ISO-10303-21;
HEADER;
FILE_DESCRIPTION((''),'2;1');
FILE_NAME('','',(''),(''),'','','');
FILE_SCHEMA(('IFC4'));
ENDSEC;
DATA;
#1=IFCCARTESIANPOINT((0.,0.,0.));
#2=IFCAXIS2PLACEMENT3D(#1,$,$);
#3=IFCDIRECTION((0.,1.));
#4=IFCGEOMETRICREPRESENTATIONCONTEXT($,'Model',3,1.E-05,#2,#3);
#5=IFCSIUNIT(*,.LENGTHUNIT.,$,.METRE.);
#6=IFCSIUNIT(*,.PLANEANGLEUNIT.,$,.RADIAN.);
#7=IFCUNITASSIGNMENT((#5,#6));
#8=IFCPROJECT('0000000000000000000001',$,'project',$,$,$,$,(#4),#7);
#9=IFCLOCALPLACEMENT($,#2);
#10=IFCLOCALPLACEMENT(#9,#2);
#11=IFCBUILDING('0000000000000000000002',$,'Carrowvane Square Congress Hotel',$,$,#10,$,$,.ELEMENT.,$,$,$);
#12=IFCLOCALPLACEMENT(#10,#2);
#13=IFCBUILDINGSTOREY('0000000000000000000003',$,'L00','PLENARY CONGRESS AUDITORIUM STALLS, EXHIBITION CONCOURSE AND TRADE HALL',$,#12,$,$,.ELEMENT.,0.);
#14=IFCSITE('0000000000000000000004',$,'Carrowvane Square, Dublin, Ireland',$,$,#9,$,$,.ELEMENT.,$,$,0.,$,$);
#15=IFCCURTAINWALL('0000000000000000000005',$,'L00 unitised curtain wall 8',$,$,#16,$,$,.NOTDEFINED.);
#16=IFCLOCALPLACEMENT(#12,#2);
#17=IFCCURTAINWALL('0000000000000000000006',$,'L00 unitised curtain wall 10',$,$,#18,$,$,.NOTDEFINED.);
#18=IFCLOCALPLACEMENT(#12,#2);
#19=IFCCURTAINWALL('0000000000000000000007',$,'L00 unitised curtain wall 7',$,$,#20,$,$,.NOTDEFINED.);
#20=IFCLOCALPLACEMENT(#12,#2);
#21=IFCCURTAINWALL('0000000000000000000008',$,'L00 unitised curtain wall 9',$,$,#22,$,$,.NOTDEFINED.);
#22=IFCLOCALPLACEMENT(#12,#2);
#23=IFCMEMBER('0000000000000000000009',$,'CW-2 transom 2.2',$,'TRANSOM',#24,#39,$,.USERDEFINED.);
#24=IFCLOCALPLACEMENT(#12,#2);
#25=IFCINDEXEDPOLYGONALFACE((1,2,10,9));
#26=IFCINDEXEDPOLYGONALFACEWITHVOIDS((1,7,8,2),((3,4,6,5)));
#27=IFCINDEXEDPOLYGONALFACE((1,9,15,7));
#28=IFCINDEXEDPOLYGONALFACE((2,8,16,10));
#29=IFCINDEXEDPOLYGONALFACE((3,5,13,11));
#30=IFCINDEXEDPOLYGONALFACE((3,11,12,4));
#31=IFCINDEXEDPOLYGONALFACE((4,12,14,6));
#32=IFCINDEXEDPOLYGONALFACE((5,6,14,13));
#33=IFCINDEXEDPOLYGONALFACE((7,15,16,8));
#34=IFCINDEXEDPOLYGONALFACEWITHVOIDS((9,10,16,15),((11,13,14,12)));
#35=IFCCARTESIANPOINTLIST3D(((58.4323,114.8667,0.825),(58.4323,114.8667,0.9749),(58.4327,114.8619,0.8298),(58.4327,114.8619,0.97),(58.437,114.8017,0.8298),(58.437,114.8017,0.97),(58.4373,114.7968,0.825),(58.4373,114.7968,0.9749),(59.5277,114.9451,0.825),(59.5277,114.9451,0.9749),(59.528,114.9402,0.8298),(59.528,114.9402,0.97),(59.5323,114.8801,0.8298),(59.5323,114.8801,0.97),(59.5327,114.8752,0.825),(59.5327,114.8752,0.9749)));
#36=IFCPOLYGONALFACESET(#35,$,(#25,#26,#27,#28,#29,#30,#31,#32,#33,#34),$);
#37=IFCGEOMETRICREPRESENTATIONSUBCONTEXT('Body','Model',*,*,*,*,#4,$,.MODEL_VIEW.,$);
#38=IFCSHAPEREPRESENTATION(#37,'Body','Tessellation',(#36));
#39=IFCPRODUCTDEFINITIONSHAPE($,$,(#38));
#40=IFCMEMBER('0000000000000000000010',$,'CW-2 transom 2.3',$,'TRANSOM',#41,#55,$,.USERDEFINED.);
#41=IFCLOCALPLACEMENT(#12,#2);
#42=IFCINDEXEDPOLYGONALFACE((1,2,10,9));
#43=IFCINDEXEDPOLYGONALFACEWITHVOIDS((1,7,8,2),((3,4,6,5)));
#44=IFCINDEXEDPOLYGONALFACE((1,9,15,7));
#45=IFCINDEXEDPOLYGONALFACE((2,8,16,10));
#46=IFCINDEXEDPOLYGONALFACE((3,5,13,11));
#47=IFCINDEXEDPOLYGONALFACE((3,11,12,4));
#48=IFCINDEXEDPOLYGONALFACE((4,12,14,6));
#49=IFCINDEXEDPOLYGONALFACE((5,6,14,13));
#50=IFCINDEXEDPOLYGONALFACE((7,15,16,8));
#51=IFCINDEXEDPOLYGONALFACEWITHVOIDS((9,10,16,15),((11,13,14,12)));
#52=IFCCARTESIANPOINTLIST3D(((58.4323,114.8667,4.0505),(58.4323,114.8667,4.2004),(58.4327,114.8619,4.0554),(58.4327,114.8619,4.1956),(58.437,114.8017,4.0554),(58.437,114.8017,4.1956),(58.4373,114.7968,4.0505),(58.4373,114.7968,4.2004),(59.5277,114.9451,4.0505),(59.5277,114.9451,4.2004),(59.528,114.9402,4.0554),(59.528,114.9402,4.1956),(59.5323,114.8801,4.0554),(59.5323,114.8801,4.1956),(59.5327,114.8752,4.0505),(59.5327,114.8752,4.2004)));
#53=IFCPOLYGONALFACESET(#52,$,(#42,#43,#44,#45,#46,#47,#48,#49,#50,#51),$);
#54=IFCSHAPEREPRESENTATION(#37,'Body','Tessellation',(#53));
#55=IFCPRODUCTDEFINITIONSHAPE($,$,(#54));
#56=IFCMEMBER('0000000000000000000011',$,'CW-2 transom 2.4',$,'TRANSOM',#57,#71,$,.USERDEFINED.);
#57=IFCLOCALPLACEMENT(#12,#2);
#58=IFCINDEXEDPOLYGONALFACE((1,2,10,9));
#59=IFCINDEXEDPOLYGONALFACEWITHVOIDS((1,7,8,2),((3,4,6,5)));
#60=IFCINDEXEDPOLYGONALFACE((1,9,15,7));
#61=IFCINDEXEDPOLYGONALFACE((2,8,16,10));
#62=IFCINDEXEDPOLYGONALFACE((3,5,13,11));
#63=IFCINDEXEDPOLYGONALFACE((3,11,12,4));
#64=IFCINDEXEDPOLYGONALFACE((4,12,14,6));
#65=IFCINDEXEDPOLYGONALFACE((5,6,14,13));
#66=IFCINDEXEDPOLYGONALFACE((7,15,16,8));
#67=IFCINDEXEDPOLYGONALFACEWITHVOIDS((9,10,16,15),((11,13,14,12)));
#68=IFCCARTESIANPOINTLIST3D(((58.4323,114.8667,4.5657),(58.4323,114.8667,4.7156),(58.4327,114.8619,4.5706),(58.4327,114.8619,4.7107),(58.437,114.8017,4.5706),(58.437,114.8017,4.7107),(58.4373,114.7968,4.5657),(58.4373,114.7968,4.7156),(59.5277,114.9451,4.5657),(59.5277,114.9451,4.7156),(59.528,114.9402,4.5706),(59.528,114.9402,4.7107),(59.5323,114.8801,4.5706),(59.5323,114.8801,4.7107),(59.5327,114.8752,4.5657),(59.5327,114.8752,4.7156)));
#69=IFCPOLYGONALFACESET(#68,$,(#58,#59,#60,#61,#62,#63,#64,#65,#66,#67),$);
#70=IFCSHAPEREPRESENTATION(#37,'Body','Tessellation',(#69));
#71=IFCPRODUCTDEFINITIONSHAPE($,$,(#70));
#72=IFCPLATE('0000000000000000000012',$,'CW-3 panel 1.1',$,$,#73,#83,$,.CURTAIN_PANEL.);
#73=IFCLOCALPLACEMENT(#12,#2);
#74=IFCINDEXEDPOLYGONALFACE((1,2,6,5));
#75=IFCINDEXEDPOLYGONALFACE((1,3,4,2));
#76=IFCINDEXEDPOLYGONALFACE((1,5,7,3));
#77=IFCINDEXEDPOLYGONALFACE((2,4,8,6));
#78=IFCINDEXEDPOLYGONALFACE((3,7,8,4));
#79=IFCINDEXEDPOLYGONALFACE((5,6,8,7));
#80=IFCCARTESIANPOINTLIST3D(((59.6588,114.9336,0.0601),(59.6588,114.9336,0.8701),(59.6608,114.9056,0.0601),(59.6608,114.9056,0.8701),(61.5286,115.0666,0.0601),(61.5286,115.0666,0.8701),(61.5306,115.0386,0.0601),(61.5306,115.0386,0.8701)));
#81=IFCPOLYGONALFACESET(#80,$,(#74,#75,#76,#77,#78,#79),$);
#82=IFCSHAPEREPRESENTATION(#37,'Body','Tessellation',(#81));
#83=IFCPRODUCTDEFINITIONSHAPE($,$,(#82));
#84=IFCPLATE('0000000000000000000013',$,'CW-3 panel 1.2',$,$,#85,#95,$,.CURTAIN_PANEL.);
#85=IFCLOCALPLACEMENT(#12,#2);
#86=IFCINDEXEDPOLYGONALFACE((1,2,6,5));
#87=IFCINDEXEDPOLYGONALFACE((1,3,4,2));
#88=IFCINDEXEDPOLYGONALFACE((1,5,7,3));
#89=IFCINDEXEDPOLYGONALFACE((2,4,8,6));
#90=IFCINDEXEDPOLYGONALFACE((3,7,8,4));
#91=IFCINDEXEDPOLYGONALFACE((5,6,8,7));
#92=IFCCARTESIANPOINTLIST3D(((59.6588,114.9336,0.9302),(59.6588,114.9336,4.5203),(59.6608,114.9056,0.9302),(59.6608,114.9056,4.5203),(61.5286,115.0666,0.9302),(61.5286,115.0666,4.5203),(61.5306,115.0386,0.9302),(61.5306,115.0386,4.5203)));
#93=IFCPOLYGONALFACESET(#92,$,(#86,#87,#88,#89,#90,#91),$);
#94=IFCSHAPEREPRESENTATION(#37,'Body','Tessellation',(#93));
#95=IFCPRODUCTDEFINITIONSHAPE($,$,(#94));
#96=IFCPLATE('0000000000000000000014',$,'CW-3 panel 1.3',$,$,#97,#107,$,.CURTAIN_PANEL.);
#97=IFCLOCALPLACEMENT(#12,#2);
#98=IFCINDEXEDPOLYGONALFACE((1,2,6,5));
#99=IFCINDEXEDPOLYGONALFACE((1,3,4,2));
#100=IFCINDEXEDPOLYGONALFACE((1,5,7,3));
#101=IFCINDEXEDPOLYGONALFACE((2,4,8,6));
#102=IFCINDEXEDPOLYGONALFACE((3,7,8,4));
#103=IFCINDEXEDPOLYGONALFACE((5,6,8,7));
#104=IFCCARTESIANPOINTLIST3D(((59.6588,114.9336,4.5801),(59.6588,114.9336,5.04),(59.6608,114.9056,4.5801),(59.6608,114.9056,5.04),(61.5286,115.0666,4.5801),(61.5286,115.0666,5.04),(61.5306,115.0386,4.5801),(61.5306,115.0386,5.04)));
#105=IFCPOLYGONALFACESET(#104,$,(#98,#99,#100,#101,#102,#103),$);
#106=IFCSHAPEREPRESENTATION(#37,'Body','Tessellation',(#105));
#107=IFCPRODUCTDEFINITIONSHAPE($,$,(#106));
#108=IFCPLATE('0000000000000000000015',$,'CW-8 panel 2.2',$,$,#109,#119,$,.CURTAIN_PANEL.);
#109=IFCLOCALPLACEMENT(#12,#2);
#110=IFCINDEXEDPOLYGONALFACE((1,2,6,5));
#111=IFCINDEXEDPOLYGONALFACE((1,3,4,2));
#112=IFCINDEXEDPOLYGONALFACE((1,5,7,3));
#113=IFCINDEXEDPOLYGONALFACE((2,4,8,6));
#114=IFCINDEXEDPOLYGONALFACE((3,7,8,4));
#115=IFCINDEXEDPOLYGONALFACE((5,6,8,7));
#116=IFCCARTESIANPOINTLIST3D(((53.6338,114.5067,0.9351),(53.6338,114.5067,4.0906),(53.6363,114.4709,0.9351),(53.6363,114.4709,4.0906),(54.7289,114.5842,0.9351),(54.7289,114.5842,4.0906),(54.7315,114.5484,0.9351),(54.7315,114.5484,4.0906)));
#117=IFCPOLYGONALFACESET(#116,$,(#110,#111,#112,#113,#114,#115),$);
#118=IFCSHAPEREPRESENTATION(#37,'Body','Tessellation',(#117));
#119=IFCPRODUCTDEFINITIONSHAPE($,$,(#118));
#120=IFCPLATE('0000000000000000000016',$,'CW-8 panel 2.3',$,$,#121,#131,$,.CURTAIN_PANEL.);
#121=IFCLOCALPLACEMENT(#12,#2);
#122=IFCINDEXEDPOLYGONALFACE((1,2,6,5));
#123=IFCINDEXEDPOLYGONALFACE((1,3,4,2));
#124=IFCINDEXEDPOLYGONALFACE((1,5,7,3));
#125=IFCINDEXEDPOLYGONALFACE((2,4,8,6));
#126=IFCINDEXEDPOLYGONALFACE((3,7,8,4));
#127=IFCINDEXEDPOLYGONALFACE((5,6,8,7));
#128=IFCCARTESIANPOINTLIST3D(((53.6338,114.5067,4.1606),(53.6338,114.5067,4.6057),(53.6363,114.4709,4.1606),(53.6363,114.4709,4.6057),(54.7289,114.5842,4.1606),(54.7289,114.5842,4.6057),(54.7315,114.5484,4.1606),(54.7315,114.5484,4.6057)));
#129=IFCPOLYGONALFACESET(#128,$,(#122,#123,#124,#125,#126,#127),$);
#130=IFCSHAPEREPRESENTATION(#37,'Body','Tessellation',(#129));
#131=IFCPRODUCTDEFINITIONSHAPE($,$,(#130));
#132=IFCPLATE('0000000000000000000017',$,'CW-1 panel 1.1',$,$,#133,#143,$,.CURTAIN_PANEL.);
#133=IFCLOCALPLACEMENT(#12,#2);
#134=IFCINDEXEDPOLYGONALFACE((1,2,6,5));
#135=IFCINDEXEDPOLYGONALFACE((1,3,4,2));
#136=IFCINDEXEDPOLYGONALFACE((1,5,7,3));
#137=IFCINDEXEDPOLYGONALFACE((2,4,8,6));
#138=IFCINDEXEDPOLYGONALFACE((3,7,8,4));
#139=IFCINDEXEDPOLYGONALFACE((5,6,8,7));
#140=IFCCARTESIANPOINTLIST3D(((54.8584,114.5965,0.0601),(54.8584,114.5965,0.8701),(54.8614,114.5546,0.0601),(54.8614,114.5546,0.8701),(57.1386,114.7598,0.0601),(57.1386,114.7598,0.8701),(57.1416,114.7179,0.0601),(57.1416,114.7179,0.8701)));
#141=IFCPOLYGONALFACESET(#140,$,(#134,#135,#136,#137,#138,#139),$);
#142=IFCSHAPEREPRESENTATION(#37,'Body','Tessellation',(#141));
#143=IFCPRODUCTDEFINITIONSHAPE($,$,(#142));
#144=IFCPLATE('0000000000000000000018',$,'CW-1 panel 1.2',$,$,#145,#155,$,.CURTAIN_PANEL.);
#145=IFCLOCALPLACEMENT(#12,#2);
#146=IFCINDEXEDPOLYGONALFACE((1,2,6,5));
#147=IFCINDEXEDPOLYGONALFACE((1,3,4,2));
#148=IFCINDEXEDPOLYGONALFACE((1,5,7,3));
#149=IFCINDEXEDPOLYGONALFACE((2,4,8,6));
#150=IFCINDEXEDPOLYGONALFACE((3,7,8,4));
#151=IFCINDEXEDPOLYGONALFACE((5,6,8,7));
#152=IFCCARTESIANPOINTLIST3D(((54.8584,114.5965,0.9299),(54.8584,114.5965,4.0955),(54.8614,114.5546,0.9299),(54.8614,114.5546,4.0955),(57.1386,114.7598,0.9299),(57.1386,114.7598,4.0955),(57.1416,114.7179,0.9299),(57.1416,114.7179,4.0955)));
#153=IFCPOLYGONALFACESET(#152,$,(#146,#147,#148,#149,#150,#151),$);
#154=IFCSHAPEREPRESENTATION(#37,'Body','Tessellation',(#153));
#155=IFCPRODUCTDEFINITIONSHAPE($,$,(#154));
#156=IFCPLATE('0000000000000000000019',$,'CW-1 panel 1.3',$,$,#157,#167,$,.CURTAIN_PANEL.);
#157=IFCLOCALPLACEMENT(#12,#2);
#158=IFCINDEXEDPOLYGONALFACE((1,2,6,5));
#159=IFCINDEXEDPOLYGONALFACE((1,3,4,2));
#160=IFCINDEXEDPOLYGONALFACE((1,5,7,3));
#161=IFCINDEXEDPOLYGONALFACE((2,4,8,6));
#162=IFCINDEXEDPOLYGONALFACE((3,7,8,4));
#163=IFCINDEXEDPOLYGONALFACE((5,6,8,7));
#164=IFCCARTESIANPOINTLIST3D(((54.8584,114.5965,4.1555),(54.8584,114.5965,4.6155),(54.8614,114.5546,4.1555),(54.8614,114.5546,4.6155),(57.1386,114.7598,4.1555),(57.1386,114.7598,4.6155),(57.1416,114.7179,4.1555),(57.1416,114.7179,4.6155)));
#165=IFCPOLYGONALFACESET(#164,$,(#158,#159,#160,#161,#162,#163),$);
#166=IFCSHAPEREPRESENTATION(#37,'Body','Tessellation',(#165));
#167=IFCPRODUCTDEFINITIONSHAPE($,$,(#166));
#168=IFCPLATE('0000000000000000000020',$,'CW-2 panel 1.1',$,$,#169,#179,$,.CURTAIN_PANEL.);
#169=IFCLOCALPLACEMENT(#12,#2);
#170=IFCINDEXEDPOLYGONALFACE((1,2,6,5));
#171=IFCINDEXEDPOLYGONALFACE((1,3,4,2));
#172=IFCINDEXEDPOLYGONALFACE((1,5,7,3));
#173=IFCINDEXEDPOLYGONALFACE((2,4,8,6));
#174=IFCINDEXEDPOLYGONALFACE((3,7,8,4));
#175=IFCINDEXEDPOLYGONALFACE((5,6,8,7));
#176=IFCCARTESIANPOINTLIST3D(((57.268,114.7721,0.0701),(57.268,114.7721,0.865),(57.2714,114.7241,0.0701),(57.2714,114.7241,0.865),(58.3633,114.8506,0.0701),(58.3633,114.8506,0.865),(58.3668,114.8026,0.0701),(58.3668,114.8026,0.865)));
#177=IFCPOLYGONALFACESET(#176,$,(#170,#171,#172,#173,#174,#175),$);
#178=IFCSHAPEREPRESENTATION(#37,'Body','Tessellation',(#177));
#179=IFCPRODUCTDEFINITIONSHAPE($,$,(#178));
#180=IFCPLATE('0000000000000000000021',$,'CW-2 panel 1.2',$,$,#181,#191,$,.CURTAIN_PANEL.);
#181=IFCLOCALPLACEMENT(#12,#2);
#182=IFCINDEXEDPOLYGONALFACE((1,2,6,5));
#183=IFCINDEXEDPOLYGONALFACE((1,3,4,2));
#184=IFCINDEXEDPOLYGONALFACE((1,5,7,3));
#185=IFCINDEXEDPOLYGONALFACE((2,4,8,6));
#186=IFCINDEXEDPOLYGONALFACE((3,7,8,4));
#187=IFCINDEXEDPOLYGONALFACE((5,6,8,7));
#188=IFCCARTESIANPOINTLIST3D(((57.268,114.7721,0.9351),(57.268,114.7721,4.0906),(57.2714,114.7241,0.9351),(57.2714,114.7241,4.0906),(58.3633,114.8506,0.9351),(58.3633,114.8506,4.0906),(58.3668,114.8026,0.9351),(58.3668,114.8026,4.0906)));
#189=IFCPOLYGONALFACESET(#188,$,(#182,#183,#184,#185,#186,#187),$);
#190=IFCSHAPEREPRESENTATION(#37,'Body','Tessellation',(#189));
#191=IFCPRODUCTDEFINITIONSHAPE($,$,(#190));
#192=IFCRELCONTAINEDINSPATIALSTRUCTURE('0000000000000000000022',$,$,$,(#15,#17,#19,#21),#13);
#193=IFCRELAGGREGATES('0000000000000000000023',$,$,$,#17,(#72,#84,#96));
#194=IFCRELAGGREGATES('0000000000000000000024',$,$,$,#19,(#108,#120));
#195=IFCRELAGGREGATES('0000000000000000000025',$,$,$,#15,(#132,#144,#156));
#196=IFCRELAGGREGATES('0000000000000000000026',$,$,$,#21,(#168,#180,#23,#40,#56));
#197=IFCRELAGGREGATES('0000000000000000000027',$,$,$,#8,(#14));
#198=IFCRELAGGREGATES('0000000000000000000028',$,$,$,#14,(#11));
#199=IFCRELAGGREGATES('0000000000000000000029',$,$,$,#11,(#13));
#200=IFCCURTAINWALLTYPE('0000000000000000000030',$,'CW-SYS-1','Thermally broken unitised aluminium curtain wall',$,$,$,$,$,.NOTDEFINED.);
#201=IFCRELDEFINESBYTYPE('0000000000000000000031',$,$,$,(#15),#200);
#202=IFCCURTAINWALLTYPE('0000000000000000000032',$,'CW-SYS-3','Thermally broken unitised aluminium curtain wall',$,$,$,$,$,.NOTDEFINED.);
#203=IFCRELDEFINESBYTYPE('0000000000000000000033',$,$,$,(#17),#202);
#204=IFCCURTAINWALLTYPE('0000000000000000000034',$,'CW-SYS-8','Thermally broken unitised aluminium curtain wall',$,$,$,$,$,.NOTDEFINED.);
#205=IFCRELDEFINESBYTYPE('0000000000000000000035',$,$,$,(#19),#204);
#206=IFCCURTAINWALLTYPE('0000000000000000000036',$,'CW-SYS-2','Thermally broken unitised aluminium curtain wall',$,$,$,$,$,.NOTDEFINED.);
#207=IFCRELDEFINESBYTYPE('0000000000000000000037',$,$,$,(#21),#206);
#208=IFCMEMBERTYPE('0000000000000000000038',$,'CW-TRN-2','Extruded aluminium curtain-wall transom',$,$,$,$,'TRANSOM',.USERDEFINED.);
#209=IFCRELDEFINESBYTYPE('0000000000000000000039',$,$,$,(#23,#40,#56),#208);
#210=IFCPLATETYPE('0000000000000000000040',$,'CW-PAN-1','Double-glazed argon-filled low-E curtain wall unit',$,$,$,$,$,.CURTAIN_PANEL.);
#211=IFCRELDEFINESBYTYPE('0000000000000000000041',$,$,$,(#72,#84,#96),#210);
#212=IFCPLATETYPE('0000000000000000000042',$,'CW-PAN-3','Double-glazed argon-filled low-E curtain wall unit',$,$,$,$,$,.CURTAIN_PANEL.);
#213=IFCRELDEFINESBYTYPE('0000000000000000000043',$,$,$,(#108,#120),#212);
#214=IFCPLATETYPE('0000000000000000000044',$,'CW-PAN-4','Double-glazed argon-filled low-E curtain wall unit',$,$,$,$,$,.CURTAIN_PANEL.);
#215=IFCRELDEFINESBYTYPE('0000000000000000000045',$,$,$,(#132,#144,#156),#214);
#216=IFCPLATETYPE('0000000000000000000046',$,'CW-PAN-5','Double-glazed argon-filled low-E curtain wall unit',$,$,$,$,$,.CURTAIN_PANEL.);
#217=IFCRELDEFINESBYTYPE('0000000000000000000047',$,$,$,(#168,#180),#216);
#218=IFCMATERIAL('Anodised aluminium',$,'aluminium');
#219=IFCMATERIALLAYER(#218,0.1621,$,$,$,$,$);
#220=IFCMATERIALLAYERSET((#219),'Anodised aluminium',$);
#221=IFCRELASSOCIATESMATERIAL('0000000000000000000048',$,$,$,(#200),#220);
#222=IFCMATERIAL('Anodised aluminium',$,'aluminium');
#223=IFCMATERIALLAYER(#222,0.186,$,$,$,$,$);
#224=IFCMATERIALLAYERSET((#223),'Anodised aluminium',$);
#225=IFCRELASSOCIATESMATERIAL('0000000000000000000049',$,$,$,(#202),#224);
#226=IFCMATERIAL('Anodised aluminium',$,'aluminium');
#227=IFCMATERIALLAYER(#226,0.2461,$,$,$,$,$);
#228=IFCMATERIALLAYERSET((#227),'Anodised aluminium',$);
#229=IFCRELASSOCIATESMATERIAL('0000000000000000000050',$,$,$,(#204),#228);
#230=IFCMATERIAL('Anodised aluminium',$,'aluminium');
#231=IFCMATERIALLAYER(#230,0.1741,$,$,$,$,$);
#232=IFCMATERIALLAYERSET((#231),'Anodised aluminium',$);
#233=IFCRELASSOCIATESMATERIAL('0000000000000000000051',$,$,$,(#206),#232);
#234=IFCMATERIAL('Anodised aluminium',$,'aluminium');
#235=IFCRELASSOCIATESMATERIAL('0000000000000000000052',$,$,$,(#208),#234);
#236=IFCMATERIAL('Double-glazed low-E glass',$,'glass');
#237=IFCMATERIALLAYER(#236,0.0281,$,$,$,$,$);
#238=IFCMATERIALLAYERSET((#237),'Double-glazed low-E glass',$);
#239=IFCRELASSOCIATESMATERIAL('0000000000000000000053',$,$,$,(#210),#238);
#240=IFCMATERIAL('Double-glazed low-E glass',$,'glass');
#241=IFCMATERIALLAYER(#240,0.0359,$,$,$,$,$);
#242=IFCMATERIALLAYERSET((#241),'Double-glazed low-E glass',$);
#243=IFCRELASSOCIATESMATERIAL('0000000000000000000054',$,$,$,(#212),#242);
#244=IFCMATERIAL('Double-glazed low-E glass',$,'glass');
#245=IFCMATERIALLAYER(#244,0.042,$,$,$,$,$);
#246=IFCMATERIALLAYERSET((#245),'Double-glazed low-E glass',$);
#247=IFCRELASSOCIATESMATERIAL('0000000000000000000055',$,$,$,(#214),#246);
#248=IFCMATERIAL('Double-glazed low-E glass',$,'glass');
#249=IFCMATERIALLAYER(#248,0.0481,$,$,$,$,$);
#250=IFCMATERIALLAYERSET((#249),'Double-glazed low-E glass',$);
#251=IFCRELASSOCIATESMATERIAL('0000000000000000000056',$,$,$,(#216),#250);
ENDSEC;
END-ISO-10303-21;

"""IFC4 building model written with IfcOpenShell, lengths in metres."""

from ifc_helpers import new_model, si_unit, direction, frame, origin, origin_2d, place, context, subcontext, project, spatial, rectangle, hollow_rectangle, extrude, material, layer, layer_set, material_profile, profile_set, type_object, element, aggregate, save


model = new_model("IFC4")

# Units and contexts
model_context = context("Model", 3, precision=1e-05, world=origin(), true_north=direction((0.0, 1.0)))
body_context = subcontext(model_context, "Body", "Model", "MODEL_VIEW")
ifc_project = project(units=[si_unit("LENGTHUNIT", "METRE"), si_unit("PLANEANGLEUNIT", "RADIAN")], contexts=[model_context])

# Site, building, storey
site_placement = place(None, origin())
site = spatial("IfcSite", under=ifc_project, at=site_placement, Name="Carrowvane Square, Dublin, Ireland", CompositionType="ELEMENT", RefElevation=0.0)
building_placement = place(site_placement, origin())
building = spatial("IfcBuilding", under=site, at=building_placement, Name="Carrowvane Square Congress Hotel", CompositionType="ELEMENT")
storey_placement = place(building_placement, origin())
storey = spatial("IfcBuildingStorey", under=building, at=storey_placement, Name="L00", Description="PLENARY CONGRESS AUDITORIUM STALLS, EXHIBITION CONCOURSE AND TRADE HALL", CompositionType="ELEMENT", Elevation=0.0)

# Curtain wall
ifc_material_1 = material(Name="Anodised aluminium", Category="aluminium")
ifc_layer_1 = layer(ifc_material_1, 0.1621)
ifc_layer_set_1 = layer_set([ifc_layer_1], Name="Anodised aluminium")
curtain_wall_type_1 = type_object("IfcCurtainWallType", Name="CW-SYS-1", Description="Thermally broken unitised aluminium curtain wall", PredefinedType="NOTDEFINED", material=ifc_layer_set_1)
curtain_wall_1_placement = place(storey_placement, origin())
curtain_wall_1 = element("IfcCurtainWall", 1, at=curtain_wall_1_placement, inside=storey, type_object=curtain_wall_type_1, Name="L00 unitised curtain wall 8", PredefinedType="NOTDEFINED")

# Curtain walls
ifc_material_2 = material(Name="Anodised aluminium", Category="aluminium")
ifc_layer_2 = layer(ifc_material_2, 0.186)
ifc_layer_set_2 = layer_set([ifc_layer_2], Name="Anodised aluminium")
curtain_wall_type_2 = type_object("IfcCurtainWallType", Name="CW-SYS-3", Description="Thermally broken unitised aluminium curtain wall", PredefinedType="NOTDEFINED", material=ifc_layer_set_2)
curtain_wall_2_placement = place(storey_placement, origin())
curtain_wall_2 = element("IfcCurtainWall", 2, at=curtain_wall_2_placement, inside=storey, type_object=curtain_wall_type_2, Name="L00 unitised curtain wall 10", PredefinedType="NOTDEFINED")
ifc_material_3 = material(Name="Anodised aluminium", Category="aluminium")
ifc_layer_3 = layer(ifc_material_3, 0.2461)
ifc_layer_set_3 = layer_set([ifc_layer_3], Name="Anodised aluminium")
curtain_wall_type_3 = type_object("IfcCurtainWallType", Name="CW-SYS-8", Description="Thermally broken unitised aluminium curtain wall", PredefinedType="NOTDEFINED", material=ifc_layer_set_3)
curtain_wall_3_placement = place(storey_placement, origin())
curtain_wall_3 = element("IfcCurtainWall", 3, at=curtain_wall_3_placement, inside=storey, type_object=curtain_wall_type_3, Name="L00 unitised curtain wall 7", PredefinedType="NOTDEFINED")

# Curtain wall
ifc_material_4 = material(Name="Anodised aluminium", Category="aluminium")
ifc_layer_4 = layer(ifc_material_4, 0.1741)
ifc_layer_set_4 = layer_set([ifc_layer_4], Name="Anodised aluminium")
curtain_wall_type_4 = type_object("IfcCurtainWallType", Name="CW-SYS-2", Description="Thermally broken unitised aluminium curtain wall", PredefinedType="NOTDEFINED", material=ifc_layer_set_4)
curtain_wall_4_placement = place(storey_placement, origin())
curtain_wall_4 = element("IfcCurtainWall", 4, at=curtain_wall_4_placement, inside=storey, type_object=curtain_wall_type_4, Name="L00 unitised curtain wall 9", PredefinedType="NOTDEFINED")

# Members
ifc_material_5 = material(Name="Anodised aluminium", Category="aluminium")
ifc_material_profile_1 = material_profile(ifc_material_5, hollow_rectangle(XDim=0.0701, YDim=0.1499, WallThickness=0.0049, at=origin_2d()), Name="CW-TR 70x150x5")
ifc_profile_set_1 = profile_set([ifc_material_profile_1], Name="Anodised aluminium")
member_type_1 = type_object("IfcMemberType", Name="CW-TRN-2", Description="Extruded aluminium curtain-wall transom", ElementType="TRANSOM", PredefinedType="USERDEFINED", material=ifc_profile_set_1)
member_1_placement = place(storey_placement, frame((58.4348, 114.8318, 0.8999), z_axis=(0.997451, 0.071358, 0.0), x_axis=(-0.071358, 0.997451, 0.0)))
member_1 = element("IfcMember", 5, at=member_1_placement, type_object=member_type_1, Name="CW-2 transom 2.2", ObjectType="TRANSOM", PredefinedType="USERDEFINED", context=body_context, shape_type="SweptSolid", body=[
    extrude(hollow_rectangle(XDim=0.0701, YDim=0.1499, WallThickness=0.0049, at=origin_2d()), origin(), (0.0, 0.0, 1.0), 1.0981),
])
member_2_placement = place(storey_placement, frame((58.4348, 114.8318, 4.1255), z_axis=(0.997451, 0.071358, 0.0), x_axis=(-0.071358, 0.997451, 0.0)))
member_2 = element("IfcMember", 6, at=member_2_placement, type_object=member_type_1, Name="CW-2 transom 2.3", ObjectType="TRANSOM", PredefinedType="USERDEFINED", context=body_context, shape_type="SweptSolid", body=[
    extrude(hollow_rectangle(XDim=0.0701, YDim=0.1499, WallThickness=0.0049, at=origin_2d()), origin(), (0.0, 0.0, 1.0), 1.0981),
])
member_3_placement = place(storey_placement, frame((58.4348, 114.8318, 4.6406), z_axis=(0.997451, 0.071358, 0.0), x_axis=(-0.071358, 0.997451, 0.0)))
member_3 = element("IfcMember", 7, at=member_3_placement, type_object=member_type_1, Name="CW-2 transom 2.4", ObjectType="TRANSOM", PredefinedType="USERDEFINED", context=body_context, shape_type="SweptSolid", body=[
    extrude(hollow_rectangle(XDim=0.0701, YDim=0.1499, WallThickness=0.0049, at=origin_2d()), origin(), (0.0, 0.0, 1.0), 1.0981),
])

# Plates
ifc_material_6 = material(Name="Double-glazed low-E glass", Category="glass")
ifc_layer_5 = layer(ifc_material_6, 0.0281)
ifc_layer_set_5 = layer_set([ifc_layer_5], Name="Double-glazed low-E glass")
plate_type_1 = type_object("IfcPlateType", Name="CW-PAN-1", Description="Double-glazed argon-filled low-E curtain wall unit", PredefinedType="CURTAIN_PANEL", material=ifc_layer_set_5)
plate_1_placement = place(storey_placement, frame((60.5947, 114.9861, 0.0601), z_axis=(0.0, 0.0, 1.0), x_axis=(0.997479, 0.07096, 0.0)))
plate_1 = element("IfcPlate", 8, at=plate_1_placement, type_object=plate_type_1, Name="CW-3 panel 1.1", PredefinedType="CURTAIN_PANEL", context=body_context, shape_type="SweptSolid", body=[
    extrude(rectangle(XDim=1.8745, YDim=0.0281, at=origin_2d()), origin(), (0.0, 0.0, 1.0), 0.8101),
])
plate_2_placement = place(storey_placement, frame((60.5947, 114.9861, 0.9302), z_axis=(0.0, 0.0, 1.0), x_axis=(0.997479, 0.07096, 0.0)))
plate_2 = element("IfcPlate", 9, at=plate_2_placement, type_object=plate_type_1, Name="CW-3 panel 1.2", PredefinedType="CURTAIN_PANEL", context=body_context, shape_type="SweptSolid", body=[
    extrude(rectangle(XDim=1.8745, YDim=0.0281, at=origin_2d()), origin(), (0.0, 0.0, 1.0), 3.5901),
])
plate_3_placement = place(storey_placement, frame((60.5947, 114.9861, 4.5801), z_axis=(0.0, 0.0, 1.0), x_axis=(0.997479, 0.07096, 0.0)))
plate_3 = element("IfcPlate", 10, at=plate_3_placement, type_object=plate_type_1, Name="CW-3 panel 1.3", PredefinedType="CURTAIN_PANEL", context=body_context, shape_type="SweptSolid", body=[
    extrude(rectangle(XDim=1.8745, YDim=0.0281, at=origin_2d()), origin(), (0.0, 0.0, 1.0), 0.46),
])
aggregate(curtain_wall_2, [plate_1, plate_2, plate_3])
ifc_material_7 = material(Name="Double-glazed low-E glass", Category="glass")
ifc_layer_6 = layer(ifc_material_7, 0.0359)
ifc_layer_set_6 = layer_set([ifc_layer_6], Name="Double-glazed low-E glass")
plate_type_2 = type_object("IfcPlateType", Name="CW-PAN-3", Description="Double-glazed argon-filled low-E curtain wall unit", PredefinedType="CURTAIN_PANEL", material=ifc_layer_set_6)
plate_4_placement = place(storey_placement, frame((54.1826, 114.5276, 0.9351), z_axis=(0.0, 0.0, 1.0), x_axis=(0.997506, 0.070586, 0.0)))
plate_4 = element("IfcPlate", 11, at=plate_4_placement, type_object=plate_type_2, Name="CW-8 panel 2.2", PredefinedType="CURTAIN_PANEL", context=body_context, shape_type="SweptSolid", body=[
    extrude(rectangle(XDim=1.0979, YDim=0.0359, at=origin_2d()), origin(), (0.0, 0.0, 1.0), 3.1555),
])
plate_5_placement = place(storey_placement, frame((54.1826, 114.5276, 4.1606), z_axis=(0.0, 0.0, 1.0), x_axis=(0.997506, 0.070586, 0.0)))
plate_5 = element("IfcPlate", 12, at=plate_5_placement, type_object=plate_type_2, Name="CW-8 panel 2.3", PredefinedType="CURTAIN_PANEL", context=body_context, shape_type="SweptSolid", body=[
    extrude(rectangle(XDim=1.0979, YDim=0.0359, at=origin_2d()), origin(), (0.0, 0.0, 1.0), 0.4451),
])
aggregate(curtain_wall_3, [plate_4, plate_5])
ifc_material_8 = material(Name="Double-glazed low-E glass", Category="glass")
ifc_layer_7 = layer(ifc_material_8, 0.042)
ifc_layer_set_7 = layer_set([ifc_layer_7], Name="Double-glazed low-E glass")
plate_type_3 = type_object("IfcPlateType", Name="CW-PAN-4", Description="Double-glazed argon-filled low-E curtain wall unit", PredefinedType="CURTAIN_PANEL", material=ifc_layer_set_7)
plate_6_placement = place(storey_placement, frame((56.0, 114.6572, 0.0601), z_axis=(0.0, 0.0, 1.0), x_axis=(0.997446, 0.071418, 0.0)))
plate_6 = element("IfcPlate", 13, at=plate_6_placement, type_object=plate_type_3, Name="CW-1 panel 1.1", PredefinedType="CURTAIN_PANEL", context=body_context, shape_type="SweptSolid", body=[
    extrude(rectangle(XDim=2.2861, YDim=0.042, at=origin_2d()), origin(), (0.0, 0.0, 1.0), 0.8101),
])
plate_7_placement = place(storey_placement, frame((56.0, 114.6572, 0.9299), z_axis=(0.0, 0.0, 1.0), x_axis=(0.997446, 0.071418, 0.0)))
plate_7 = element("IfcPlate", 14, at=plate_7_placement, type_object=plate_type_3, Name="CW-1 panel 1.2", PredefinedType="CURTAIN_PANEL", context=body_context, shape_type="SweptSolid", body=[
    extrude(rectangle(XDim=2.2861, YDim=0.042, at=origin_2d()), origin(), (0.0, 0.0, 1.0), 3.1655),
])
plate_8_placement = place(storey_placement, frame((56.0, 114.6572, 4.1555), z_axis=(0.0, 0.0, 1.0), x_axis=(0.997446, 0.071418, 0.0)))
plate_8 = element("IfcPlate", 15, at=plate_8_placement, type_object=plate_type_3, Name="CW-1 panel 1.3", PredefinedType="CURTAIN_PANEL", context=body_context, shape_type="SweptSolid", body=[
    extrude(rectangle(XDim=2.2861, YDim=0.042, at=origin_2d()), origin(), (0.0, 0.0, 1.0), 0.46),
])
aggregate(curtain_wall_1, [plate_6, plate_7, plate_8])
ifc_material_9 = material(Name="Double-glazed low-E glass", Category="glass")
ifc_layer_8 = layer(ifc_material_9, 0.0481)
ifc_layer_set_8 = layer_set([ifc_layer_8], Name="Double-glazed low-E glass")
plate_type_4 = type_object("IfcPlateType", Name="CW-PAN-5", Description="Double-glazed argon-filled low-E curtain wall unit", PredefinedType="CURTAIN_PANEL", material=ifc_layer_set_8)
plate_9_placement = place(storey_placement, frame((57.8174, 114.7874, 0.0701), z_axis=(0.0, 0.0, 1.0), x_axis=(0.997438, 0.071532, 0.0)))
plate_9 = element("IfcPlate", 16, at=plate_9_placement, type_object=plate_type_4, Name="CW-2 panel 1.1", PredefinedType="CURTAIN_PANEL", context=body_context, shape_type="SweptSolid", body=[
    extrude(rectangle(XDim=1.0981, YDim=0.0481, at=origin_2d()), origin(), (0.0, 0.0, 1.0), 0.7949),
])
plate_10_placement = place(storey_placement, frame((57.8174, 114.7874, 0.9351), z_axis=(0.0, 0.0, 1.0), x_axis=(0.997438, 0.071532, 0.0)))
plate_10 = element("IfcPlate", 17, at=plate_10_placement, type_object=plate_type_4, Name="CW-2 panel 1.2", PredefinedType="CURTAIN_PANEL", context=body_context, shape_type="SweptSolid", body=[
    extrude(rectangle(XDim=1.0981, YDim=0.0481, at=origin_2d()), origin(), (0.0, 0.0, 1.0), 3.1555),
])
aggregate(curtain_wall_4, [plate_9, plate_10, member_1, member_2, member_3])

save(model, "model.ifc")
